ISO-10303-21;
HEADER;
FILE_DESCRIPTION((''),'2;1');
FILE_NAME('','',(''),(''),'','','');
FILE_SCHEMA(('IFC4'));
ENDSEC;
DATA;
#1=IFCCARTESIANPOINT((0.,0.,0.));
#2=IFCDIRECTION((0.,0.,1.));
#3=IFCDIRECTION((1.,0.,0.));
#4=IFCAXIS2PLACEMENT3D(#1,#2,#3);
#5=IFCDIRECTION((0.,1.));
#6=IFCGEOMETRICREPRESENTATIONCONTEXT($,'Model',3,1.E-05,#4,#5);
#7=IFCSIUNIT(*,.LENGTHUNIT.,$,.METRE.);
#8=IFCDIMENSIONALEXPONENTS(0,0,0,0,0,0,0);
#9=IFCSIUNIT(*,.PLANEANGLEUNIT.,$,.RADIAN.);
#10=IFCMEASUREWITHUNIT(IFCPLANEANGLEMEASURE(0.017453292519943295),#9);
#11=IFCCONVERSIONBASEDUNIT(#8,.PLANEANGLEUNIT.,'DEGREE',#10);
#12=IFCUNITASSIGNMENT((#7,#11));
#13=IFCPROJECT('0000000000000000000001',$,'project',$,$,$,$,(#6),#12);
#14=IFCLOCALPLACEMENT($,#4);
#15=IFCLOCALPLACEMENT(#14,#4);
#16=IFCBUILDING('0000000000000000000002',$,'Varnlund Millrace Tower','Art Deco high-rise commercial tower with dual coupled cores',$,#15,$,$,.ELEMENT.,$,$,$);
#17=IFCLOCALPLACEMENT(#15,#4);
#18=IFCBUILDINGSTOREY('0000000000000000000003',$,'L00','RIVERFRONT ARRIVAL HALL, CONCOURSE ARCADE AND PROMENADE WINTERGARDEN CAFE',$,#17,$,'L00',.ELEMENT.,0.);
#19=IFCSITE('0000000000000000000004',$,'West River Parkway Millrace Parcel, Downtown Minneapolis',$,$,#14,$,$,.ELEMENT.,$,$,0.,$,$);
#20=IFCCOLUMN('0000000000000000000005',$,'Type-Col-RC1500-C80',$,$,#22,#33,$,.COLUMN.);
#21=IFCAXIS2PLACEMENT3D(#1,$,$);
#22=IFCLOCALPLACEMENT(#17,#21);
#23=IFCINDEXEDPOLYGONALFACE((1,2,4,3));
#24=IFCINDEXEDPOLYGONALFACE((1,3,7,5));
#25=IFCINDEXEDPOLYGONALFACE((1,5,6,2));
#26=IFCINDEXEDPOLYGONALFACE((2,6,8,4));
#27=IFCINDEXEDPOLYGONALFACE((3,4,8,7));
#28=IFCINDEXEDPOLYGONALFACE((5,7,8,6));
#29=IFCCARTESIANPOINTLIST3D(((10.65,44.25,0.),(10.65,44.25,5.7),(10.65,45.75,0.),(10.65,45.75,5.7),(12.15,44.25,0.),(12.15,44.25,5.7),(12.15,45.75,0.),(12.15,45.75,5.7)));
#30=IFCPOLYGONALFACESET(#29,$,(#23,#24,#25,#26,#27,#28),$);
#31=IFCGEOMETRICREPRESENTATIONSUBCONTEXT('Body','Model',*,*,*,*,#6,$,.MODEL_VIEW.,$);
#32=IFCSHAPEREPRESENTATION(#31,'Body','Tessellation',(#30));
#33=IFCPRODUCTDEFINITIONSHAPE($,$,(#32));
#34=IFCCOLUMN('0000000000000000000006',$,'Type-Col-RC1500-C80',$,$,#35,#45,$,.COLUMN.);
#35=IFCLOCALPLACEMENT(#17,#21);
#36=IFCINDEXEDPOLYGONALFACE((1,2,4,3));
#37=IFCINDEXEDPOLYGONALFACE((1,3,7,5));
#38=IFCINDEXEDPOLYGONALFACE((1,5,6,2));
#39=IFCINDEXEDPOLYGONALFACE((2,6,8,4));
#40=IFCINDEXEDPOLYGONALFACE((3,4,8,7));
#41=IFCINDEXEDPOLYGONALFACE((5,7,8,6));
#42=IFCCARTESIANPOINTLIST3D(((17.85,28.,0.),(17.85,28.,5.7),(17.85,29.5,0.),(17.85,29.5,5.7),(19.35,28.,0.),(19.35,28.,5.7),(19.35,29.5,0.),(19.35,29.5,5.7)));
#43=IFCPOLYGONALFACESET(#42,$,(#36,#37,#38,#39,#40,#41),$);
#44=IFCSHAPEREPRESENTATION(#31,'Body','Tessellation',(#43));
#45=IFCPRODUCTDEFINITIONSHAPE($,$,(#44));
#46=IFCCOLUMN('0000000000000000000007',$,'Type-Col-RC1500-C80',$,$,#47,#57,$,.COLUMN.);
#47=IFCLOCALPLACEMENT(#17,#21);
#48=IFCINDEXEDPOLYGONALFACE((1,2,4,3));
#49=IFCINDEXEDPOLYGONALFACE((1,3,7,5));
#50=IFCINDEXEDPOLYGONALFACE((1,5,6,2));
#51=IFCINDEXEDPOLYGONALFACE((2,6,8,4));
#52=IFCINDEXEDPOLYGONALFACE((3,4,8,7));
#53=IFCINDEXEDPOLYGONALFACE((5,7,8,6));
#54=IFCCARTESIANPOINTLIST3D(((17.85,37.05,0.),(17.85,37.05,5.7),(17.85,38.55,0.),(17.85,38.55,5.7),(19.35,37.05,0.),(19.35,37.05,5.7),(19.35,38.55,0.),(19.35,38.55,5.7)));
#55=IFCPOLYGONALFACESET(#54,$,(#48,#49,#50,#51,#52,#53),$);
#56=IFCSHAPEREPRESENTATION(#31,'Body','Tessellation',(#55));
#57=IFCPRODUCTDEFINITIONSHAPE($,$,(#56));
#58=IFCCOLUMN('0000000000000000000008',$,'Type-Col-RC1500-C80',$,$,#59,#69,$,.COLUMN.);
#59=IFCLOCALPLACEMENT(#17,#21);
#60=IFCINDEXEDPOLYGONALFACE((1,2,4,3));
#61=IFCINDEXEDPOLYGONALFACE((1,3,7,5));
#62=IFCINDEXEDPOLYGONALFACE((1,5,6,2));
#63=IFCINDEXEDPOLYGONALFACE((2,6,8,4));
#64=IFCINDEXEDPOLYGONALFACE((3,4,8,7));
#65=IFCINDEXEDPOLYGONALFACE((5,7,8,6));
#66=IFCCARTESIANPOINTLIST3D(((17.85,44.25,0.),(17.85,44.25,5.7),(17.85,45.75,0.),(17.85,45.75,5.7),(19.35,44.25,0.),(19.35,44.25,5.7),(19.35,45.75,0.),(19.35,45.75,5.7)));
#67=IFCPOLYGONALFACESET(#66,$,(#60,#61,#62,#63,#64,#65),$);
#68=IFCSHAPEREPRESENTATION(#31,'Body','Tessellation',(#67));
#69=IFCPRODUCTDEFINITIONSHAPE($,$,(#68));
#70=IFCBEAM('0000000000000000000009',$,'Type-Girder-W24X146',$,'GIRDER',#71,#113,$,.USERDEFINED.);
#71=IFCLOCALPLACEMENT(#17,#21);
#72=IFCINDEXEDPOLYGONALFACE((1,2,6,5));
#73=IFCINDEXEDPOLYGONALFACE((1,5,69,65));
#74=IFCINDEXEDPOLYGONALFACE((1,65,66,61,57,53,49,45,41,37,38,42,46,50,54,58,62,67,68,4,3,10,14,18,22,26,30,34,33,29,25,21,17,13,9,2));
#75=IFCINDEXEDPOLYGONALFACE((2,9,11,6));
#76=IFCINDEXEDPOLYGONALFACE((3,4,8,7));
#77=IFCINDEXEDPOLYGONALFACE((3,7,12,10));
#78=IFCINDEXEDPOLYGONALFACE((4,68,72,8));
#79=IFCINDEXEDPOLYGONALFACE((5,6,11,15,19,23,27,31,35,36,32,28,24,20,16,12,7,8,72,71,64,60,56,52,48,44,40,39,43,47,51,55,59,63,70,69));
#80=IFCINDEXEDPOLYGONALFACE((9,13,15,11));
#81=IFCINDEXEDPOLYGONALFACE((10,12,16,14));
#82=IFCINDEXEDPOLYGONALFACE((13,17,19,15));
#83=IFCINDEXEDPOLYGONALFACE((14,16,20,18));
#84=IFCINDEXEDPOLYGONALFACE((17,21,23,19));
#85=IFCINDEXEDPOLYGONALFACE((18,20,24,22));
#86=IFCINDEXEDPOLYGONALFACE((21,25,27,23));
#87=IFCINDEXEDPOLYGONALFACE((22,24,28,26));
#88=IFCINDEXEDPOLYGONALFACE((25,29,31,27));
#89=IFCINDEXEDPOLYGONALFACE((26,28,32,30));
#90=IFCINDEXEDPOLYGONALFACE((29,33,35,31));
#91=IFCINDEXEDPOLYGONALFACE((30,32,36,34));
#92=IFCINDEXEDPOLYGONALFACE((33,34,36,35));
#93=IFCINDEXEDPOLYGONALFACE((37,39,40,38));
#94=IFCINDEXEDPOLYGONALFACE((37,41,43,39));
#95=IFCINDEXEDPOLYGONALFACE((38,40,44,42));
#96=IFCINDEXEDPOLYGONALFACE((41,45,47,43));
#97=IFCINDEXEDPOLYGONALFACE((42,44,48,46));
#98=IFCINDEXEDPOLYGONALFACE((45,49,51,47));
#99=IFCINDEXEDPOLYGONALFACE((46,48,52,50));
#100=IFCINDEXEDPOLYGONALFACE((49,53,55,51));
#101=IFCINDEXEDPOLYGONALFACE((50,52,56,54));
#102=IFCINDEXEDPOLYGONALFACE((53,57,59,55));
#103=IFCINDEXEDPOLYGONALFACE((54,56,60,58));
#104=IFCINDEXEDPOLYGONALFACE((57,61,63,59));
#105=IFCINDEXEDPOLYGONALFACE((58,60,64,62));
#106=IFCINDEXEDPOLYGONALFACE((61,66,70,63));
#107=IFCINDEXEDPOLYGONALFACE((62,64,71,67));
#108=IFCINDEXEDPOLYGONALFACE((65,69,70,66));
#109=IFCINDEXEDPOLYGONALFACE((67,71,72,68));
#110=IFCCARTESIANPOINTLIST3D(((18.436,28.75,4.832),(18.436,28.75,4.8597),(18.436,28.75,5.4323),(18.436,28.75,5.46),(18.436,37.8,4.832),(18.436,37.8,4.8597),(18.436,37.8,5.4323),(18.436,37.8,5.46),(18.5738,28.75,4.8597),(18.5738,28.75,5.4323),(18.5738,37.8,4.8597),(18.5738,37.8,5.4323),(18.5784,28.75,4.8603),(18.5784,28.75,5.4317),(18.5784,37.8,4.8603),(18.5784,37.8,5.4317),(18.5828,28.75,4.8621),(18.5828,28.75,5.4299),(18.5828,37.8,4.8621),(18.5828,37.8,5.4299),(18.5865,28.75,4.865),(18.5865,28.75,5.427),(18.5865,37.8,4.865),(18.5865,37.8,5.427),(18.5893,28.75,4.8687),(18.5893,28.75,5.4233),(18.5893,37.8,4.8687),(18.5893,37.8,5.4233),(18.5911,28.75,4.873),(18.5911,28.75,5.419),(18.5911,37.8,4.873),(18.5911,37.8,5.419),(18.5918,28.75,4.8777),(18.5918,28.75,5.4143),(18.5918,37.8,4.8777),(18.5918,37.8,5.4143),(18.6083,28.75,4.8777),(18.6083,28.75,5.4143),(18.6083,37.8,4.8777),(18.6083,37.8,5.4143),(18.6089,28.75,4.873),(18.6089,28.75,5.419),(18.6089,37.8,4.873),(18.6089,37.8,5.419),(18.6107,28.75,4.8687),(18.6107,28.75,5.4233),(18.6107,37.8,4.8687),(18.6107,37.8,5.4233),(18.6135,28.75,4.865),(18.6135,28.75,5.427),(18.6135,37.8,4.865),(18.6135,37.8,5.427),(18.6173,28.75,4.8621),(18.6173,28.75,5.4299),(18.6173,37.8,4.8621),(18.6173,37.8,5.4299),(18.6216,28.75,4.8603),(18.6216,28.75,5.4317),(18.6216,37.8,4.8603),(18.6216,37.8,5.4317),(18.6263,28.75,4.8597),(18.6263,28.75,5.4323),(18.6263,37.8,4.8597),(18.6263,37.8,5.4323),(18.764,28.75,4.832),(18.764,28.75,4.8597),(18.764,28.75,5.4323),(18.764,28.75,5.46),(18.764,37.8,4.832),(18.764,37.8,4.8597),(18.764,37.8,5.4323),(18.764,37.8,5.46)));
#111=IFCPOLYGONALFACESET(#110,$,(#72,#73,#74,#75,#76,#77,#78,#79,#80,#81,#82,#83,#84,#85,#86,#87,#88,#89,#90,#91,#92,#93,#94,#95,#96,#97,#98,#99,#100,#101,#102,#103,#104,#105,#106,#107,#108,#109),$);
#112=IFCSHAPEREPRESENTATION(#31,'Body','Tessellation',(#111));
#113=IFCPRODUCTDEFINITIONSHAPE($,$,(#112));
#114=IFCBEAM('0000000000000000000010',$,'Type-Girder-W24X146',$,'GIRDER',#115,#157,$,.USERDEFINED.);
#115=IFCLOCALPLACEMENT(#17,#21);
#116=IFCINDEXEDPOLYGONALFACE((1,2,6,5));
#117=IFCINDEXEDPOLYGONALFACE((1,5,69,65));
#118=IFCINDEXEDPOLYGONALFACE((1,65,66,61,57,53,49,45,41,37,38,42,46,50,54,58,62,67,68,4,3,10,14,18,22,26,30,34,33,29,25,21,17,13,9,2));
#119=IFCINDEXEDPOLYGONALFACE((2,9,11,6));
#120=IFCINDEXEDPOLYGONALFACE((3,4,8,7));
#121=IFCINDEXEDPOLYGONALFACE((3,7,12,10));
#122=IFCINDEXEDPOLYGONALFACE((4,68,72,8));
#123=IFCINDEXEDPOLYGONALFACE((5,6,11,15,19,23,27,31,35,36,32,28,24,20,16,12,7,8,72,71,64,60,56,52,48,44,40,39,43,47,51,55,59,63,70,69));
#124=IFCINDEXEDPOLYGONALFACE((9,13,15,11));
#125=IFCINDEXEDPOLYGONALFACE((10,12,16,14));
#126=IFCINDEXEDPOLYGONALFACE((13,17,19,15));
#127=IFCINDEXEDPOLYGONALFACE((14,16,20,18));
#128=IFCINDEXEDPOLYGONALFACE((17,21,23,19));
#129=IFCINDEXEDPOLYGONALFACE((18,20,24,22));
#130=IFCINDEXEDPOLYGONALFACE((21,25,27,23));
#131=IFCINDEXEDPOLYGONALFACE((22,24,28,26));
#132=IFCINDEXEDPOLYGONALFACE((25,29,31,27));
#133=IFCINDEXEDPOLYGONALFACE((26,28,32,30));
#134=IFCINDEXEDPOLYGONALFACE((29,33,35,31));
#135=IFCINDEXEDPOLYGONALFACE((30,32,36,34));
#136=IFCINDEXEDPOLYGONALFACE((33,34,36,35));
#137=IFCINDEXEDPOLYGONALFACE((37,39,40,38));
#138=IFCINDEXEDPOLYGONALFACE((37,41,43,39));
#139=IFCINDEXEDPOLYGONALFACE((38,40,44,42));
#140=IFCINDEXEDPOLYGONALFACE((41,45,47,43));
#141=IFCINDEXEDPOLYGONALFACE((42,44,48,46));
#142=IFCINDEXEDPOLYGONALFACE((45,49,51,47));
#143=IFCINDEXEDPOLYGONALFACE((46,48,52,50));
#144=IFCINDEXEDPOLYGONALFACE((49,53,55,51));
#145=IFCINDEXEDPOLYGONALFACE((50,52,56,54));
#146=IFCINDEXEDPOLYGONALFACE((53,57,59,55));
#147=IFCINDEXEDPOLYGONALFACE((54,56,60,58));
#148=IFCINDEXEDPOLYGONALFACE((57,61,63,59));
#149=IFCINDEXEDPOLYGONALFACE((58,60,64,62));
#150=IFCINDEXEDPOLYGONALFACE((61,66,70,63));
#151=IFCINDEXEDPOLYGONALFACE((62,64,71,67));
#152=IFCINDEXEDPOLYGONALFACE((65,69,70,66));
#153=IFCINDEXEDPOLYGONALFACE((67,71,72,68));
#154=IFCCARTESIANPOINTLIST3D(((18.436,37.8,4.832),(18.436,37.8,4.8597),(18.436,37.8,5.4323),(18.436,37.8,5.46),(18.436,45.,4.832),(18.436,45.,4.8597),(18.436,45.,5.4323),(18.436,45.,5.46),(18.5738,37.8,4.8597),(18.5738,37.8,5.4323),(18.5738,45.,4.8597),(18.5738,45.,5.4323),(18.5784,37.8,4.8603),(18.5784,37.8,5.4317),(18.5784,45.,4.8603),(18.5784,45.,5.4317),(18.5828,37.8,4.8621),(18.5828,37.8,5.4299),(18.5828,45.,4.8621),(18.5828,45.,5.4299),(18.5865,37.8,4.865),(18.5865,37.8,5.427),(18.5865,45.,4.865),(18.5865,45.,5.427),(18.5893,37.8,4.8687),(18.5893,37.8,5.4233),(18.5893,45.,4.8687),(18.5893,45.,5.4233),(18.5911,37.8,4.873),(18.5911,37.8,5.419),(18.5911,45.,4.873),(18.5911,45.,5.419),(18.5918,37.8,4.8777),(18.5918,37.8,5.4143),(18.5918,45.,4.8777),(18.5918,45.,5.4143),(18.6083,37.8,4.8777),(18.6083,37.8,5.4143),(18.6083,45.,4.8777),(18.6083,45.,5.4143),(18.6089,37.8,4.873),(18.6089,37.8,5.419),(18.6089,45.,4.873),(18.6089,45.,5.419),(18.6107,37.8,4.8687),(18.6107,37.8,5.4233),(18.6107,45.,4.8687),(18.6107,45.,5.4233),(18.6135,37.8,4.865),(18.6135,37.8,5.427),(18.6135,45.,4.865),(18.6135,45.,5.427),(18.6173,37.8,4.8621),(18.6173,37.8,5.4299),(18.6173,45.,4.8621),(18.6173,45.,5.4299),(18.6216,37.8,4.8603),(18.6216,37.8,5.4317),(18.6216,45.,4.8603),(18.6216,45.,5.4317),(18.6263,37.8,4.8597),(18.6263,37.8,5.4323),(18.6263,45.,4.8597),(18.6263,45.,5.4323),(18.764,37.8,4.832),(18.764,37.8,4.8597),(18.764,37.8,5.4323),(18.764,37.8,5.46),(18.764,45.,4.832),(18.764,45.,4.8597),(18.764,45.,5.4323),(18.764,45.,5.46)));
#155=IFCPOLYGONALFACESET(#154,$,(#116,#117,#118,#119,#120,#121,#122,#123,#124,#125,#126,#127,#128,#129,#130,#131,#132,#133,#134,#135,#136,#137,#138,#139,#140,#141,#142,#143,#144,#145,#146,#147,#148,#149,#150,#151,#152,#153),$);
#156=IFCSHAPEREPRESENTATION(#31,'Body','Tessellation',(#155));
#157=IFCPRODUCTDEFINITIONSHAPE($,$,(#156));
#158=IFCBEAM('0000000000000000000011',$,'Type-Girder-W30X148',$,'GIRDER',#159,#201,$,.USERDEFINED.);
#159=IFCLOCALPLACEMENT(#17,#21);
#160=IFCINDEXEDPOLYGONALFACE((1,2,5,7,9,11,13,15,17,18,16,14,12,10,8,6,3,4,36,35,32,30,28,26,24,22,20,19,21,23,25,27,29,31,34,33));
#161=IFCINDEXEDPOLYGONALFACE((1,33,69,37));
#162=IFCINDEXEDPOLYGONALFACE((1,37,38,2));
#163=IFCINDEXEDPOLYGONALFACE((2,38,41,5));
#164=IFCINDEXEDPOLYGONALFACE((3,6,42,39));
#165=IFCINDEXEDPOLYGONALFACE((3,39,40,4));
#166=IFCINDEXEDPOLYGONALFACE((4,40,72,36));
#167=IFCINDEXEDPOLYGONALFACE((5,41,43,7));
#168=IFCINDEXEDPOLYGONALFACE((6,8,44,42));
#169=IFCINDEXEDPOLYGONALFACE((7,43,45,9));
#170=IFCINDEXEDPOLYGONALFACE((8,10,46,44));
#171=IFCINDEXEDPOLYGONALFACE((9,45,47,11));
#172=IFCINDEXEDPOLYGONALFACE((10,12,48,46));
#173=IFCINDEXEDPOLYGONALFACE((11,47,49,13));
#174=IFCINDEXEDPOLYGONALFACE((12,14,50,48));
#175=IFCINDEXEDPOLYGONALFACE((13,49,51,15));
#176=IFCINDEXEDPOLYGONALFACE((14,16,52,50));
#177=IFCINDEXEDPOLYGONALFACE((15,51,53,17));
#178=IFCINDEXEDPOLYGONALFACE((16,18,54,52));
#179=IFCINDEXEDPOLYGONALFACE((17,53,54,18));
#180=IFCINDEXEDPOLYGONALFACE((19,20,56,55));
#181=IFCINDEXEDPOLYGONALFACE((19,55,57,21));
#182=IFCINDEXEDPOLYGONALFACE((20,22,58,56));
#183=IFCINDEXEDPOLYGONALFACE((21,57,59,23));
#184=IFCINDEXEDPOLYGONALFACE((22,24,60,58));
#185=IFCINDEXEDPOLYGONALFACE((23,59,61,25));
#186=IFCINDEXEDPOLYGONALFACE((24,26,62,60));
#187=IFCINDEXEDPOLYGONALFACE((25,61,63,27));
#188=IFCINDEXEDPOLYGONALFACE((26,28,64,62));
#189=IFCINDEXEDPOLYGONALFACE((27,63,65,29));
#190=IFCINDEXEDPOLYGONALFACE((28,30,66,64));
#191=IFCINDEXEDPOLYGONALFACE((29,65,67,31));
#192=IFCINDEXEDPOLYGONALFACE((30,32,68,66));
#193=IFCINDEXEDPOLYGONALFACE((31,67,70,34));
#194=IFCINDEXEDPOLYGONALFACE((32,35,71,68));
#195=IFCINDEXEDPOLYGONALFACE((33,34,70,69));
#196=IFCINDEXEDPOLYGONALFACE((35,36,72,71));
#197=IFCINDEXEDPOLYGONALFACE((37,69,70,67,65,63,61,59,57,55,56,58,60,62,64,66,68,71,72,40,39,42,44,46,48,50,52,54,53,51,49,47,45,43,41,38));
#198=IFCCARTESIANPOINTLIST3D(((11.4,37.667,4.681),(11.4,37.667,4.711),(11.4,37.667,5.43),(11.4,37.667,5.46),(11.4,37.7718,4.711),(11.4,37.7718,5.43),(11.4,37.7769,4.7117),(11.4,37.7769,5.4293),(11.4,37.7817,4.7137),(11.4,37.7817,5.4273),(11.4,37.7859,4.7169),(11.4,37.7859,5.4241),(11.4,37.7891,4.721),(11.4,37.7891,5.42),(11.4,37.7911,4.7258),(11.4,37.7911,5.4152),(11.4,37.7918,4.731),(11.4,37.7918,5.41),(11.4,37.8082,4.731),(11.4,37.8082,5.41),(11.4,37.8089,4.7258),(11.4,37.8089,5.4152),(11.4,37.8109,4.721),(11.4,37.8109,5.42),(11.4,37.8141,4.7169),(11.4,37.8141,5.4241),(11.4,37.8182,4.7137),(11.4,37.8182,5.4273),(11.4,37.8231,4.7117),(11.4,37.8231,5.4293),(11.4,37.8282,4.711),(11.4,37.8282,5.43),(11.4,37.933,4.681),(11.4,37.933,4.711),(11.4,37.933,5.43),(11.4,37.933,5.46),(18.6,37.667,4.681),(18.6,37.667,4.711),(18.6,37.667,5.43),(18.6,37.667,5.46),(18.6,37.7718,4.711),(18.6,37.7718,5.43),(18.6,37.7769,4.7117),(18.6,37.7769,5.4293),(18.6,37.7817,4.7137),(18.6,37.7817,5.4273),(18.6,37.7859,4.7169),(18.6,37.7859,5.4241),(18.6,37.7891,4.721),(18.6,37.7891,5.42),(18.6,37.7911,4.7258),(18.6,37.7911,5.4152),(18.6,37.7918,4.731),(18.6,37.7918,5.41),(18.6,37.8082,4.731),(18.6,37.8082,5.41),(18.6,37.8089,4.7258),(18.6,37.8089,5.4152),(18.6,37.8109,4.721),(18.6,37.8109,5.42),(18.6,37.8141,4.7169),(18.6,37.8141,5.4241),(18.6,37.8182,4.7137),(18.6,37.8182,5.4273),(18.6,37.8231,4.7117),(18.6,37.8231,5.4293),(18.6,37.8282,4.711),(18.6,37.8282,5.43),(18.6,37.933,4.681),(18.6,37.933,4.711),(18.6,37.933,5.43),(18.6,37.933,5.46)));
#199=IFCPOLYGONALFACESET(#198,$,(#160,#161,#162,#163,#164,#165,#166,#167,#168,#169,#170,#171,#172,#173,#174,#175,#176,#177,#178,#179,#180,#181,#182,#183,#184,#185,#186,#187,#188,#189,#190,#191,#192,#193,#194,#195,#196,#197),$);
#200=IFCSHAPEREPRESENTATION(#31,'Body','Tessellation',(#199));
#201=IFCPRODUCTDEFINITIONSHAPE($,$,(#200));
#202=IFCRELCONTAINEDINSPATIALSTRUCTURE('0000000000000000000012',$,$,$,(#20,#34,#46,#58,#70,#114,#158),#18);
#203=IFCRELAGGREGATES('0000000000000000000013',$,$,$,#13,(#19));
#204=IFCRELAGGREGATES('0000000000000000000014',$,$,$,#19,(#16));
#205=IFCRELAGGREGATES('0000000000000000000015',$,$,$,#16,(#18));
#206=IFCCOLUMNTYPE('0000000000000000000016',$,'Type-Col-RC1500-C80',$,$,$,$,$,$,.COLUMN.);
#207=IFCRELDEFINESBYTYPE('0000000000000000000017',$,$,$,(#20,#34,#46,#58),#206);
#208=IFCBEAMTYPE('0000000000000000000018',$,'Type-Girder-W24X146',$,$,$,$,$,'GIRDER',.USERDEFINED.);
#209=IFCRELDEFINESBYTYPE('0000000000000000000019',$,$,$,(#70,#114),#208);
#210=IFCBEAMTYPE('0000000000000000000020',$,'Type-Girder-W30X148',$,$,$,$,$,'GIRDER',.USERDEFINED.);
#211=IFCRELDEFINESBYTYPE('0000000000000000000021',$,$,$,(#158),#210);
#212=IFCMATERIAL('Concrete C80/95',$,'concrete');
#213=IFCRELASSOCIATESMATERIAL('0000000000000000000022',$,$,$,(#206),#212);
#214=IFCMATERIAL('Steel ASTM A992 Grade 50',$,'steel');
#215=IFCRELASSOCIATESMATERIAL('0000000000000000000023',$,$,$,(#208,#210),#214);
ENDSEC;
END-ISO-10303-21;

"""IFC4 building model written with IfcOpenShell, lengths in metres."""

from ifc_helpers import new_model, entity, si_unit, converted_unit, direction, frame, origin_with_axes, origin_2d_with_axis, place, context, subcontext, project, spatial, rectangle, i_section, extrude, material, material_profile, profile_set, type_object, element, save


model = new_model("IFC4")

# Units and contexts
model_context = context("Model", 3, precision=1e-05, world=origin_with_axes(), true_north=direction((0.0, 1.0)))
body_context = subcontext(model_context, "Body", "Model", "MODEL_VIEW")
ifc_project = project(units=[si_unit("LENGTHUNIT", "METRE"), converted_unit("PLANEANGLEUNIT", "DEGREE", entity("IfcPlaneAngleMeasure", 0.017453292519943295), si_unit("PLANEANGLEUNIT", "RADIAN"), dimensions=[0, 0, 0, 0, 0, 0, 0])], contexts=[model_context])

# Site, building, storey
site_placement = place(None, origin_with_axes())
site = spatial("IfcSite", under=ifc_project, at=site_placement, Name="West River Parkway Millrace Parcel, Downtown Minneapolis", CompositionType="ELEMENT", RefElevation=0.0)
building_placement = place(site_placement, origin_with_axes())
building = spatial("IfcBuilding", under=site, at=building_placement, Name="Varnlund Millrace Tower", Description="Art Deco high-rise commercial tower with dual coupled cores", CompositionType="ELEMENT")
storey_placement = place(building_placement, origin_with_axes())
storey = spatial("IfcBuildingStorey", under=building, at=storey_placement, Name="L00", Description="RIVERFRONT ARRIVAL HALL, CONCOURSE ARCADE AND PROMENADE WINTERGARDEN CAFE", LongName="L00", CompositionType="ELEMENT", Elevation=0.0)

# Columns
ifc_material_1 = material(Name="Concrete C80/95", Category="concrete")
ifc_material_profile_1 = material_profile(ifc_material_1, rectangle(XDim=1.5, YDim=1.5, at=origin_2d_with_axis()), Name="Concrete C80/95")
ifc_profile_set_1 = profile_set([ifc_material_profile_1], Name="Concrete C80/95")
column_type = type_object("IfcColumnType", Name="Type-Col-RC1500-C80", PredefinedType="COLUMN", material=ifc_profile_set_1)
for number, where, z_axis, x_axis, name in (
    (1, (11.4, 45.0, 0.0), (0.0, 0.0, 1.0), (1.0, 0.0, 0.0), "Type-Col-RC1500-C80"),
    (2, (18.6, 28.75, 0.0), (0.0, 0.0, 1.0), (1.0, 0.0, 0.0), "Type-Col-RC1500-C80"),
    (3, (18.6, 37.8, 0.0), (0.0, 0.0, 1.0), (1.0, 0.0, 0.0), "Type-Col-RC1500-C80"),
    (4, (18.6, 45.0, 0.0), (0.0, 0.0, 1.0), (1.0, 0.0, 0.0), "Type-Col-RC1500-C80"),
):
    element("IfcColumn", number, at=place(storey_placement, frame(where, z_axis=z_axis, x_axis=x_axis)), inside=storey, type_object=column_type, Name=name, PredefinedType="COLUMN", context=body_context, shape_type="SweptSolid", body=[
        extrude(rectangle(XDim=1.5, YDim=1.5, at=origin_2d_with_axis()), origin_with_axes(), (0.0, 0.0, 1.0), 5.7),
    ])

# Beams
ifc_material_2 = material(Name="Steel ASTM A992 Grade 50", Category="steel")
ifc_material_profile_2 = material_profile(ifc_material_2, i_section(OverallWidth=0.328, OverallDepth=0.628, WebThickness=0.0165, FlangeThickness=0.0277, FilletRadius=0.018, at=origin_2d_with_axis()), Name="Steel ASTM A992 Grade 50")
ifc_profile_set_2 = profile_set([ifc_material_profile_2], Name="Steel ASTM A992 Grade 50")
beam_type_1 = type_object("IfcBeamType", Name="Type-Girder-W24X146", ElementType="GIRDER", PredefinedType="USERDEFINED", material=ifc_profile_set_2)
beam_1_placement = place(storey_placement, frame((18.6, 28.75, 5.146), z_axis=(0.0, 1.0, 0.0), x_axis=(-1.0, 0.0, 0.0)))
element("IfcBeam", 5, at=beam_1_placement, inside=storey, type_object=beam_type_1, Name="Type-Girder-W24X146", ObjectType="GIRDER", PredefinedType="USERDEFINED", context=body_context, shape_type="SweptSolid", body=[
    extrude(i_section(OverallWidth=0.328, OverallDepth=0.628, WebThickness=0.0165, FlangeThickness=0.0277, FilletRadius=0.018, at=origin_2d_with_axis()), origin_with_axes(), (0.0, 0.0, 1.0), 9.05),
])
beam_2_placement = place(storey_placement, frame((18.6, 37.8, 5.146), z_axis=(0.0, 1.0, 0.0), x_axis=(-1.0, 0.0, 0.0)))
element("IfcBeam", 6, at=beam_2_placement, inside=storey, type_object=beam_type_1, Name="Type-Girder-W24X146", ObjectType="GIRDER", PredefinedType="USERDEFINED", context=body_context, shape_type="SweptSolid", body=[
    extrude(i_section(OverallWidth=0.328, OverallDepth=0.628, WebThickness=0.0165, FlangeThickness=0.0277, FilletRadius=0.018, at=origin_2d_with_axis()), origin_with_axes(), (0.0, 0.0, 1.0), 7.2),
])
ifc_material_profile_3 = material_profile(ifc_material_2, i_section(OverallWidth=0.266, OverallDepth=0.779, WebThickness=0.0165, FlangeThickness=0.03, FilletRadius=0.02, at=origin_2d_with_axis()), Name="Steel ASTM A992 Grade 50")
ifc_profile_set_3 = profile_set([ifc_material_profile_3], Name="Steel ASTM A992 Grade 50")
beam_type_2 = type_object("IfcBeamType", Name="Type-Girder-W30X148", ElementType="GIRDER", PredefinedType="USERDEFINED", material=ifc_profile_set_3)
beam_3_placement = place(storey_placement, frame((11.4, 37.8, 5.0705), z_axis=(1.0, 0.0, 0.0), x_axis=(0.0, 1.0, 0.0)))
element("IfcBeam", 7, at=beam_3_placement, inside=storey, type_object=beam_type_2, Name="Type-Girder-W30X148", ObjectType="GIRDER", PredefinedType="USERDEFINED", context=body_context, shape_type="SweptSolid", body=[
    extrude(i_section(OverallWidth=0.266, OverallDepth=0.779, WebThickness=0.0165, FlangeThickness=0.03, FilletRadius=0.02, at=origin_2d_with_axis()), origin_with_axes(), (0.0, 0.0, 1.0), 7.2),
])

save(model, "model.ifc")
